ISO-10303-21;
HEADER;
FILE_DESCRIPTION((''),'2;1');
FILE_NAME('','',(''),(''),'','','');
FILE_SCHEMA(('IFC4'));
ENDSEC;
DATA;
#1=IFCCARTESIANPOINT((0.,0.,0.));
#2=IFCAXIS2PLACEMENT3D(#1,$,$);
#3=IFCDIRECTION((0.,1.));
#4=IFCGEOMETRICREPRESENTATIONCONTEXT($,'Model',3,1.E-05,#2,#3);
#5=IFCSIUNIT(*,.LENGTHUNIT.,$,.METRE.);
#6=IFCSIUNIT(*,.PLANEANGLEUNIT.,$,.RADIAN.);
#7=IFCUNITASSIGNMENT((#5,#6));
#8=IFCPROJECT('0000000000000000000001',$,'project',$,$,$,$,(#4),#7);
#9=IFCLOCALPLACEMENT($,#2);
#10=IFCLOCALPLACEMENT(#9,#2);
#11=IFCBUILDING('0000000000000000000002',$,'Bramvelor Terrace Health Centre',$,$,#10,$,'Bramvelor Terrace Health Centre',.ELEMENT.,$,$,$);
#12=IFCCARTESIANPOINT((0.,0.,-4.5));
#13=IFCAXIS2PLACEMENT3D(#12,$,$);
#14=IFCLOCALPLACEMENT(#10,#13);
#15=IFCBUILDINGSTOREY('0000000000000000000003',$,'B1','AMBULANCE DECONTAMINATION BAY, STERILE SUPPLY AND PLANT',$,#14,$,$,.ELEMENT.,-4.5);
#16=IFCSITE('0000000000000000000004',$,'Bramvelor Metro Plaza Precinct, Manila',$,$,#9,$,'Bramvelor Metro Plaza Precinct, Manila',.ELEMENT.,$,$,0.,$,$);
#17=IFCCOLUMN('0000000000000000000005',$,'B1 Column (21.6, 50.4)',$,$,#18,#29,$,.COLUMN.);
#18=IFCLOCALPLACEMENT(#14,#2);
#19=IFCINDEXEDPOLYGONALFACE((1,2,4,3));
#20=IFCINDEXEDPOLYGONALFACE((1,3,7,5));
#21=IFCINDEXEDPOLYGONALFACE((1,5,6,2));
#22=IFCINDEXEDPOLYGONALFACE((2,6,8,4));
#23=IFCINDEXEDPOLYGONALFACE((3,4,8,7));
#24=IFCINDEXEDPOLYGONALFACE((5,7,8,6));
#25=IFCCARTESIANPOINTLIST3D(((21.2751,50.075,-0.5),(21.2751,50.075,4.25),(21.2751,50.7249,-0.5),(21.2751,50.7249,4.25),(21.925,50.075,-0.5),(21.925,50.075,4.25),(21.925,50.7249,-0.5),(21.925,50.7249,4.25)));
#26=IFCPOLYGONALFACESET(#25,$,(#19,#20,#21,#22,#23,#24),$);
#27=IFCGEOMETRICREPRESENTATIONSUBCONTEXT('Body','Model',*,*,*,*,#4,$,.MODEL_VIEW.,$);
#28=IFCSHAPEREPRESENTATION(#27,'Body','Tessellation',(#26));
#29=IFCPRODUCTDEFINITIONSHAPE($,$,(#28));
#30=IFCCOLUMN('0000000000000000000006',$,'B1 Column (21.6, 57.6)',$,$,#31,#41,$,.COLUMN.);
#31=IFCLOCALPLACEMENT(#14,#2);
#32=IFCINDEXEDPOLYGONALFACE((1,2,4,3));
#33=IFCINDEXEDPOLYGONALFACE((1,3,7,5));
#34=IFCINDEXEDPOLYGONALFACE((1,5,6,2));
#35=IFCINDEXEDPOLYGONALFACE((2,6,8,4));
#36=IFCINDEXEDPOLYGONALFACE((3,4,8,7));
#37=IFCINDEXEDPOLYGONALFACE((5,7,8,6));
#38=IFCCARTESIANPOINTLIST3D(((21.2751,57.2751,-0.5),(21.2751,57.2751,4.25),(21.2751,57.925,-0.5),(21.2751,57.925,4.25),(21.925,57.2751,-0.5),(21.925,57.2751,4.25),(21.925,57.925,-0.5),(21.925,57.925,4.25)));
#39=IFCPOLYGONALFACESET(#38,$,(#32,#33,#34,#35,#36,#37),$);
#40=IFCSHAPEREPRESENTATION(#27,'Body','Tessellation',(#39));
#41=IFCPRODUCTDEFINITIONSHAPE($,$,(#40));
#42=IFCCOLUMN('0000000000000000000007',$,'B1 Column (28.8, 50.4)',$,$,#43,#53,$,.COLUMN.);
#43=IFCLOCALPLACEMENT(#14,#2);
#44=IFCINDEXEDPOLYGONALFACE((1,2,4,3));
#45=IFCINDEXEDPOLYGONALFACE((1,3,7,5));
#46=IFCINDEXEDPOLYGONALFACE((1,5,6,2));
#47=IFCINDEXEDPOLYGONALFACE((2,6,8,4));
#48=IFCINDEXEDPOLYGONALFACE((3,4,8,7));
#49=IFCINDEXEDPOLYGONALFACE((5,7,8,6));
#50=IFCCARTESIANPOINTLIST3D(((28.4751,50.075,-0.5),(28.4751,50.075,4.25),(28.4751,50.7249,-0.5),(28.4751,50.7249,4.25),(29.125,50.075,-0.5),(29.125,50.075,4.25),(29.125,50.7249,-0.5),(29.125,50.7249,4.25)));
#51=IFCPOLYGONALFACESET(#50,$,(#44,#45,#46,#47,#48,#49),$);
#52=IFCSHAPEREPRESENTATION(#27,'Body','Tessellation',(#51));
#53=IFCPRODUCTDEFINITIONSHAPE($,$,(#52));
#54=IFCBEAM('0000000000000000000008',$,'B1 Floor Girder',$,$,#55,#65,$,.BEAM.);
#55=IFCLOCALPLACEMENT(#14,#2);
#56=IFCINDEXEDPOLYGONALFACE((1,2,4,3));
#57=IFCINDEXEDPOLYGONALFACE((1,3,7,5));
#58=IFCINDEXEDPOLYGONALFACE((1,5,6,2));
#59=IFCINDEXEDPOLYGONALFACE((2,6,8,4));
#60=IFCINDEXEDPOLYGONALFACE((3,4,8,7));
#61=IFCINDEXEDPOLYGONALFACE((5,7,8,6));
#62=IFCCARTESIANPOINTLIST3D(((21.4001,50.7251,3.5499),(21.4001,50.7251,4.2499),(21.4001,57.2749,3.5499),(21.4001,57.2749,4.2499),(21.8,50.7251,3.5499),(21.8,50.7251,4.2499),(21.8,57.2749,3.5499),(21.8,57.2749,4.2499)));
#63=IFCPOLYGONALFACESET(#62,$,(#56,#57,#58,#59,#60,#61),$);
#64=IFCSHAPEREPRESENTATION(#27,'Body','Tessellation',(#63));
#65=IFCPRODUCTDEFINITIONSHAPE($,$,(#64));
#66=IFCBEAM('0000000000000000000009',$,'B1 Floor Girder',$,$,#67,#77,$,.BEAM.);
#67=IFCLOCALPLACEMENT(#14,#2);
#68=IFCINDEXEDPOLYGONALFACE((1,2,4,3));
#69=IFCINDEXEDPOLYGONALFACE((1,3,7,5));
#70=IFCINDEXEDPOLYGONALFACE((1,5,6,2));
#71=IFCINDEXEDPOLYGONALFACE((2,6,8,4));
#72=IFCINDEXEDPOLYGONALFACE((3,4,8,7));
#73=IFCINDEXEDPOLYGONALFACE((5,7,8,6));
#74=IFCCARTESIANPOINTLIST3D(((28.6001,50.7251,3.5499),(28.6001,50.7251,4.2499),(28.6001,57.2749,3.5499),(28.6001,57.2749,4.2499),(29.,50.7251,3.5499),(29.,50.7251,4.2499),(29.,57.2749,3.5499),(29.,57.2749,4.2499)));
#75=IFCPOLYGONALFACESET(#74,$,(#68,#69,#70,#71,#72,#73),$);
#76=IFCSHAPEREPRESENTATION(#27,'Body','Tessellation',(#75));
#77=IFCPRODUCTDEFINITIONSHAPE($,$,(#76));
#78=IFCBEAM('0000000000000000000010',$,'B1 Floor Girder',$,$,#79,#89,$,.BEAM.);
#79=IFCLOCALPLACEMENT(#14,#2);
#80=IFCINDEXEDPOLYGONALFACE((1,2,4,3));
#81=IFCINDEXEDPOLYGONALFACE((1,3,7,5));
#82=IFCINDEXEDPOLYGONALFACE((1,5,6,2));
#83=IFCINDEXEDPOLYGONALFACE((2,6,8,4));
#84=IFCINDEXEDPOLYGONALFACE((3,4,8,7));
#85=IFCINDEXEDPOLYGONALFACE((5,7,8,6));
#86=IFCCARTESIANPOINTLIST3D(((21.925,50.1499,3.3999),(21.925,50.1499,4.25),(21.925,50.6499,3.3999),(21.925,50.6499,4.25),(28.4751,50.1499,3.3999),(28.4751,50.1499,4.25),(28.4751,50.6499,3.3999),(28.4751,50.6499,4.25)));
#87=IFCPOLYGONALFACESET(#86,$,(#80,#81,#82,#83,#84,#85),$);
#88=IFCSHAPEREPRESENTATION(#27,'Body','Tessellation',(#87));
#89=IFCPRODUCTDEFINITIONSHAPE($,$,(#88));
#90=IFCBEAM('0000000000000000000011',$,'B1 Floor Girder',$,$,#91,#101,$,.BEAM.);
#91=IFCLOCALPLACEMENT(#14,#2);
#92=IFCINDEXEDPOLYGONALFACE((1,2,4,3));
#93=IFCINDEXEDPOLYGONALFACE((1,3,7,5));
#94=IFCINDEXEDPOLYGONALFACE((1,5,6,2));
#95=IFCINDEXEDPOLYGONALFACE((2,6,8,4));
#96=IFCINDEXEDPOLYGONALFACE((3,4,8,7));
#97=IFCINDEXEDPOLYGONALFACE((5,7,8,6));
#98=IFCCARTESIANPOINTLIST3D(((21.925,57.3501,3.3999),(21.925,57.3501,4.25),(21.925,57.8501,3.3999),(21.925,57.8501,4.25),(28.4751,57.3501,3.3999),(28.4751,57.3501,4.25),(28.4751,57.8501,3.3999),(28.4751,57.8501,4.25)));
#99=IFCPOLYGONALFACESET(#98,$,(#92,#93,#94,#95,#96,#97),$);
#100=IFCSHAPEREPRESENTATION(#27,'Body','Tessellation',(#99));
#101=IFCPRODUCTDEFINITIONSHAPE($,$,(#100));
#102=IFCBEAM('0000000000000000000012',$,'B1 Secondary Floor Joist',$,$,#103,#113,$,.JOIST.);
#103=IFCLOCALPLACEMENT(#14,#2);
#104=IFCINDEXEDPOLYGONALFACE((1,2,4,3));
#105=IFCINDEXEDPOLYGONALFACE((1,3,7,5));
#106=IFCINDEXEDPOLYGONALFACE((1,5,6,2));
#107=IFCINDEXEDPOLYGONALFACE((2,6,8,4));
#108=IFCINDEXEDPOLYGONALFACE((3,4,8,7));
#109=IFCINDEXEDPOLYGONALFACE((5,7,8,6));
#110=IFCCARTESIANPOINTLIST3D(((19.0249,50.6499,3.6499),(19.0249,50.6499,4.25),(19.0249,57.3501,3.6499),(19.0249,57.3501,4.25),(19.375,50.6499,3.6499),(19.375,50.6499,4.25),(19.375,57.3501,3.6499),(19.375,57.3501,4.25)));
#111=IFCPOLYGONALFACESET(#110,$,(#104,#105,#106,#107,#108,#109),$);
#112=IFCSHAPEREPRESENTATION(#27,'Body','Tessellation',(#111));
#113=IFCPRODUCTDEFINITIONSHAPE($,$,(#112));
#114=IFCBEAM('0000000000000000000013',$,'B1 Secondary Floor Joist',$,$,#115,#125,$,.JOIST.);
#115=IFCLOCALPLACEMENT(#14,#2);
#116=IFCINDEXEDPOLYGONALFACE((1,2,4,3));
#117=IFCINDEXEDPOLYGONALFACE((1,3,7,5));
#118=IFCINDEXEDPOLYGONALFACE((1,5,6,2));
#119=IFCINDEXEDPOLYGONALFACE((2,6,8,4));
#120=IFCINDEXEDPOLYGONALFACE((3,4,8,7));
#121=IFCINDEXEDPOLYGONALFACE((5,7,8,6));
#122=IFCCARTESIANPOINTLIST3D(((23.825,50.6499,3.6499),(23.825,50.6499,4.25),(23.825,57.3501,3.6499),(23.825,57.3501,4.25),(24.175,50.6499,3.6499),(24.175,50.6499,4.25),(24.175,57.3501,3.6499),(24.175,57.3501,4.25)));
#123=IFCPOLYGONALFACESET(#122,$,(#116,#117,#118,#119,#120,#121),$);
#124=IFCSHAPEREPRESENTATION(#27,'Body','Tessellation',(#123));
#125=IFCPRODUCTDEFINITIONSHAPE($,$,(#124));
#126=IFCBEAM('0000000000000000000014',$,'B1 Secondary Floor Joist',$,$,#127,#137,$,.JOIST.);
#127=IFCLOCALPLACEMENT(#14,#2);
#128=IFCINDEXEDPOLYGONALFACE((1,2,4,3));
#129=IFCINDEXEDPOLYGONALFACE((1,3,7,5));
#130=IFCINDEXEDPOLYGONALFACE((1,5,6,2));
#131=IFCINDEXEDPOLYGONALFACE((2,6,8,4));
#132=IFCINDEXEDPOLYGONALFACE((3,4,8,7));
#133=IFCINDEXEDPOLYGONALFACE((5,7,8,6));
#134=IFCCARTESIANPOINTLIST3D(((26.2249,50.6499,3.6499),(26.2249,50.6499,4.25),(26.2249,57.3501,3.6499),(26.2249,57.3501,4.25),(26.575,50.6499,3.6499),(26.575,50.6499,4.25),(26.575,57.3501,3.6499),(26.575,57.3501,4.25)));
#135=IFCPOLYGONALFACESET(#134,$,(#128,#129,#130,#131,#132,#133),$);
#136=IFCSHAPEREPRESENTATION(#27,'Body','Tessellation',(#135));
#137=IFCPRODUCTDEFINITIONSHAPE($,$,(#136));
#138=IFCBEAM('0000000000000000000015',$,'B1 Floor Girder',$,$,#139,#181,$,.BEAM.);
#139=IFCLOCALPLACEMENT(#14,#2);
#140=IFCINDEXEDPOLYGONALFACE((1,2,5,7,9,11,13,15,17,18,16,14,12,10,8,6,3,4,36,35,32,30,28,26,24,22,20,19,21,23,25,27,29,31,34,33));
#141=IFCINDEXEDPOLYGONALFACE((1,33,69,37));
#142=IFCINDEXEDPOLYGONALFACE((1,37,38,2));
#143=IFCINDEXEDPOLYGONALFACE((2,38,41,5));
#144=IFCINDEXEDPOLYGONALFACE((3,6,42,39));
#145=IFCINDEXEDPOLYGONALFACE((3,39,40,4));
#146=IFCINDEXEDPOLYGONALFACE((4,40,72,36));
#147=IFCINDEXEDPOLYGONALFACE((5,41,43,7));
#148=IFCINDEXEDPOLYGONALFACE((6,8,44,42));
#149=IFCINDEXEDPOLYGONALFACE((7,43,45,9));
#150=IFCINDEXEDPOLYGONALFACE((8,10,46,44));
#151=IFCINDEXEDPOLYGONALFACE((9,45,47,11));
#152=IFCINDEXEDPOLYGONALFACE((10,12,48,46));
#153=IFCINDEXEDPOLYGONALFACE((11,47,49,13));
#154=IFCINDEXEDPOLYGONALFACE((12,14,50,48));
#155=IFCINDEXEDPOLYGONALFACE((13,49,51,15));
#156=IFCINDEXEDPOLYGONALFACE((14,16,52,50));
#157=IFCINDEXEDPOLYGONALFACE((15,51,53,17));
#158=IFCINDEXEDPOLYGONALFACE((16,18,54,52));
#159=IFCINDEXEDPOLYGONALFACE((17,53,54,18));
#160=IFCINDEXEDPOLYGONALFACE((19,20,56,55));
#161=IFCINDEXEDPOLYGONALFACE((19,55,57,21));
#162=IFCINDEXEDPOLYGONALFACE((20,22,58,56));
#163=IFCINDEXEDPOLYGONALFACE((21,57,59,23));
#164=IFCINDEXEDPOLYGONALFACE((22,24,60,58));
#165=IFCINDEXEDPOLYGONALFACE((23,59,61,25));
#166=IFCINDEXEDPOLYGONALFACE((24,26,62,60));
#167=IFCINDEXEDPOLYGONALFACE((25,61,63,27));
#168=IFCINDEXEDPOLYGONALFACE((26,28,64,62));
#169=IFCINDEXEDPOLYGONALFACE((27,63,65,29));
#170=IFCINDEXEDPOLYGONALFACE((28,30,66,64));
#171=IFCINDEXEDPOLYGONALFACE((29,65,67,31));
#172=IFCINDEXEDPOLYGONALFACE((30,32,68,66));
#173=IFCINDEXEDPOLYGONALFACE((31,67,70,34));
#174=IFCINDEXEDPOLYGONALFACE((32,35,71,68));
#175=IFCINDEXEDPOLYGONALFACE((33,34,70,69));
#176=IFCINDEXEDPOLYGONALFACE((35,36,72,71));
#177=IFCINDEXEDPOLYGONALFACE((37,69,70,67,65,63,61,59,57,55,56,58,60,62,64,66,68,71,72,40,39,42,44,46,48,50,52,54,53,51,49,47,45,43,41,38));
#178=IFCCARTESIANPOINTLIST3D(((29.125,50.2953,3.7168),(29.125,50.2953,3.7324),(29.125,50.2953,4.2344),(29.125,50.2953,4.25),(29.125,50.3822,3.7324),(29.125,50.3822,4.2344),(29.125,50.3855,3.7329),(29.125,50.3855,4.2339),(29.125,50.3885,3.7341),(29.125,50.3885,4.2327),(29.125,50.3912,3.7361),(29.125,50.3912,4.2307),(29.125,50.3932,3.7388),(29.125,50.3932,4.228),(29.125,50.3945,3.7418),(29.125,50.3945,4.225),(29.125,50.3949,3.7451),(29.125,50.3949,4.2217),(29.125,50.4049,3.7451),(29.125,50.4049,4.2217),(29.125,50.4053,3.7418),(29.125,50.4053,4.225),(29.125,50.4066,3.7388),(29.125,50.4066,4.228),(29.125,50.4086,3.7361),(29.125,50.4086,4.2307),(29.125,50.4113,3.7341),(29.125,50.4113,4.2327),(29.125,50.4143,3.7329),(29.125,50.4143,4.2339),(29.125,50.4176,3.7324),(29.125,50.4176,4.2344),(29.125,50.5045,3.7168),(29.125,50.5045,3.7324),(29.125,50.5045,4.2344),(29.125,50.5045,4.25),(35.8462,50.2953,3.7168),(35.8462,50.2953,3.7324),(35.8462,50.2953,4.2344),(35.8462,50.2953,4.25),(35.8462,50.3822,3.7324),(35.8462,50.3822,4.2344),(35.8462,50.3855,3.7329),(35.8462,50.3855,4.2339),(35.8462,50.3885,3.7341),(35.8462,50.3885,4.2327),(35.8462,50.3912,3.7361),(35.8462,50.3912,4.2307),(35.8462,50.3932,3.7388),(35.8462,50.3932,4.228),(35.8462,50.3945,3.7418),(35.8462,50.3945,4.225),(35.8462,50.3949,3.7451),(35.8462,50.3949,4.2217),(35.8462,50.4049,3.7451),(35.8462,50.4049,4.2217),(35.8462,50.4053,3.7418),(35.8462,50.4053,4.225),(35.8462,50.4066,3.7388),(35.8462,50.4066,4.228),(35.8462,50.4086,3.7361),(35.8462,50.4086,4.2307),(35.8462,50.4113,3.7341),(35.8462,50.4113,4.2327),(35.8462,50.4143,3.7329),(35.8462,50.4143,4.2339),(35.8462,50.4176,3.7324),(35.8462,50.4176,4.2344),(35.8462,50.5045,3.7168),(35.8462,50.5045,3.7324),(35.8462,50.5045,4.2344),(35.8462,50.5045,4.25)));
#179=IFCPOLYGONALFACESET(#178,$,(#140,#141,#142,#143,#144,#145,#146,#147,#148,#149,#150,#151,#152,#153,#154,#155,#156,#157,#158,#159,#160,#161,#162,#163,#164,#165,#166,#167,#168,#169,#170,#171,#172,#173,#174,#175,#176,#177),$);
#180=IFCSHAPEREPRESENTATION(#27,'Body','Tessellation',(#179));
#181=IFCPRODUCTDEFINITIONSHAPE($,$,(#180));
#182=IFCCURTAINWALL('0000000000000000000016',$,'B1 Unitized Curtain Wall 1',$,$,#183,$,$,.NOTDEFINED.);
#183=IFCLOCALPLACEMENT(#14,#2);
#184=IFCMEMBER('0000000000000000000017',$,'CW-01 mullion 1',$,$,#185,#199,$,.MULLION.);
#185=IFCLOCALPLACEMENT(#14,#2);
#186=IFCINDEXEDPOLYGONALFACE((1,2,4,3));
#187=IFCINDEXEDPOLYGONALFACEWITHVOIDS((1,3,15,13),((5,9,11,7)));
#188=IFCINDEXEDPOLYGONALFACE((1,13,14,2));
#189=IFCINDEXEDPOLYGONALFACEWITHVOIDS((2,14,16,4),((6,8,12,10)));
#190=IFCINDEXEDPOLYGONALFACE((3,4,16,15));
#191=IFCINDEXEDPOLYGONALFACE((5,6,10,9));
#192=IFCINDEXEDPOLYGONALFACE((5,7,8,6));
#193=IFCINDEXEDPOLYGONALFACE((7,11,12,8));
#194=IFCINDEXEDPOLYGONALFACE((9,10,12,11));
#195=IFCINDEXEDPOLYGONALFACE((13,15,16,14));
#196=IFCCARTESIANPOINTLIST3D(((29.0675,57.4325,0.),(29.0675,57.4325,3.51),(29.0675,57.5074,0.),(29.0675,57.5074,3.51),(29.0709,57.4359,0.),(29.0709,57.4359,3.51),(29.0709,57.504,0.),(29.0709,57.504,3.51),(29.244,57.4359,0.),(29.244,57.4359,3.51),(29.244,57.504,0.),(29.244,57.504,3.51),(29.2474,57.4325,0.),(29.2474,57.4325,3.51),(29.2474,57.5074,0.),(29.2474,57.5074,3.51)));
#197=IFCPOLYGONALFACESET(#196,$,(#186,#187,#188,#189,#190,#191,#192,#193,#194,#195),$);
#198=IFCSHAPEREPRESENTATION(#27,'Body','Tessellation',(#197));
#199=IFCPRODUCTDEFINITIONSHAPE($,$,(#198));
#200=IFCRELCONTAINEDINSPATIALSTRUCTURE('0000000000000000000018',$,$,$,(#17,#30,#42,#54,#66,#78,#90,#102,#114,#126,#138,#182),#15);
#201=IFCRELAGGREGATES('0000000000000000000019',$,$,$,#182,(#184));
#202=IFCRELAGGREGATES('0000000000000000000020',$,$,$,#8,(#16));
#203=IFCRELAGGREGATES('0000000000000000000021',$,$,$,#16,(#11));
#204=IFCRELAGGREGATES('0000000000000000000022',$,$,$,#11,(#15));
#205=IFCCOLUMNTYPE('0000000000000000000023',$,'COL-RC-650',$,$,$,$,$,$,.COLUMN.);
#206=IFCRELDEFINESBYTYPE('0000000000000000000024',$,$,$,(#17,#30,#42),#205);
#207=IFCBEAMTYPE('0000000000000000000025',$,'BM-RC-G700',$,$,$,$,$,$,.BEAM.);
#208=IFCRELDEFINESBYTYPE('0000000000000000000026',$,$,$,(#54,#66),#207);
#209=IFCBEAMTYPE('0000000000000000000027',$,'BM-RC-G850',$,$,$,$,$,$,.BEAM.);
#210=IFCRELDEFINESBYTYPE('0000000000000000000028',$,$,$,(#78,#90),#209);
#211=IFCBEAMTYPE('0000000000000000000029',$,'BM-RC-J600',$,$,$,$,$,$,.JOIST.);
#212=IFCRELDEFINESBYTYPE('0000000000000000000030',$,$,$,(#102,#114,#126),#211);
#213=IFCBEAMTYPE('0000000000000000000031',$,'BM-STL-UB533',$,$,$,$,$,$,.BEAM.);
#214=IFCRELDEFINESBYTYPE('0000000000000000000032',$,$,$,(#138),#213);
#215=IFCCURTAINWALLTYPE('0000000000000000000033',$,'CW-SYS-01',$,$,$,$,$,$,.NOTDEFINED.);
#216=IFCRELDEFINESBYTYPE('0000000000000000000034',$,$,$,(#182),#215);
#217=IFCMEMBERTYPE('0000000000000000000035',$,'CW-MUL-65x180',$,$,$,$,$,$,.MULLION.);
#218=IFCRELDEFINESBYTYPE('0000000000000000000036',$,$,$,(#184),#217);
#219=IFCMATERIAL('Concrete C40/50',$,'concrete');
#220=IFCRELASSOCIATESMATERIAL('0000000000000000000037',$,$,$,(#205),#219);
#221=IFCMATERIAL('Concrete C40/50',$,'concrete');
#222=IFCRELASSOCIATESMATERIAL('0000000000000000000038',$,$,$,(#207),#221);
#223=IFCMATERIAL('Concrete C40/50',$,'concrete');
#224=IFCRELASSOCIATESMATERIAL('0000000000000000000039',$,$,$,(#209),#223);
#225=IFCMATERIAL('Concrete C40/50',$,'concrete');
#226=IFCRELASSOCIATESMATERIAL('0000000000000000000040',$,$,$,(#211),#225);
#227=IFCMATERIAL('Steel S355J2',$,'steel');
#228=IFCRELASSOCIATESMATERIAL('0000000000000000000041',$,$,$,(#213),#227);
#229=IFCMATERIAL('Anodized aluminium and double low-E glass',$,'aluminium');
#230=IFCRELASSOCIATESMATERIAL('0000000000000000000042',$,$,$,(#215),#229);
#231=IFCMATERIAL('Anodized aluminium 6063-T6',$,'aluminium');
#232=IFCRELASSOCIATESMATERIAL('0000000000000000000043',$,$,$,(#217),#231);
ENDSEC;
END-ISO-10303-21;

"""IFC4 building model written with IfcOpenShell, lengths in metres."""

from ifc_helpers import new_model, si_unit, direction, frame, origin, origin_2d, place, context, subcontext, project, spatial, rectangle, hollow_rectangle, i_section, extrude, material, material_profile, profile_set, type_object, element, aggregate, save


model = new_model("IFC4")

# Units and contexts
model_context = context("Model", 3, precision=1e-05, world=origin(), true_north=direction((0.0, 1.0)))
body_context = subcontext(model_context, "Body", "Model", "MODEL_VIEW")
ifc_project = project(units=[si_unit("LENGTHUNIT", "METRE"), si_unit("PLANEANGLEUNIT", "RADIAN")], contexts=[model_context])

# Site, building, storey
site_placement = place(None, origin())
site = spatial("IfcSite", under=ifc_project, at=site_placement, Name="Bramvelor Metro Plaza Precinct, Manila", LongName="Bramvelor Metro Plaza Precinct, Manila", CompositionType="ELEMENT", RefElevation=0.0)
building_placement = place(site_placement, origin())
building = spatial("IfcBuilding", under=site, at=building_placement, Name="Bramvelor Terrace Health Centre", LongName="Bramvelor Terrace Health Centre", CompositionType="ELEMENT")
storey_placement = place(building_placement, frame((0.0, 0.0, -4.5)))
storey = spatial("IfcBuildingStorey", under=building, at=storey_placement, Name="B1", Description="AMBULANCE DECONTAMINATION BAY, STERILE SUPPLY AND PLANT", CompositionType="ELEMENT", Elevation=-4.5)

# Columns
ifc_material_1 = material(Name="Concrete C40/50", Category="concrete")
ifc_material_profile_1 = material_profile(ifc_material_1, rectangle(XDim=0.6499, YDim=0.6499, at=origin_2d()), Name="RC 650x650")
ifc_profile_set_1 = profile_set([ifc_material_profile_1], Name="Concrete C40/50")
column_type = type_object("IfcColumnType", Name="COL-RC-650", PredefinedType="COLUMN", material=ifc_profile_set_1)
for number, where, z_axis, x_axis, name in (
    (1, (21.6001, 50.3999, -0.5), (0.0, 0.0, 1.0), (1.0, 0.0, 0.0), "B1 Column (21.6, 50.4)"),
    (2, (21.6001, 57.6001, -0.5), (0.0, 0.0, 1.0), (1.0, 0.0, 0.0), "B1 Column (21.6, 57.6)"),
    (3, (28.8, 50.3999, -0.5), (0.0, 0.0, 1.0), (1.0, 0.0, 0.0), "B1 Column (28.8, 50.4)"),
):
    element("IfcColumn", number, at=place(storey_placement, frame(where, z_axis=z_axis, x_axis=x_axis)), inside=storey, type_object=column_type, Name=name, PredefinedType="COLUMN", context=body_context, shape_type="SweptSolid", body=[
        extrude(rectangle(XDim=0.6499, YDim=0.6499, at=origin_2d()), origin(), (0.0, 0.0, 1.0), 4.75),
    ])

# Beams
ifc_material_2 = material(Name="Concrete C40/50", Category="concrete")
ifc_material_profile_2 = material_profile(ifc_material_2, rectangle(XDim=0.3999, YDim=0.7, at=origin_2d()), Name="RC 400x700")
ifc_profile_set_2 = profile_set([ifc_material_profile_2], Name="Concrete C40/50")
beam_type_1 = type_object("IfcBeamType", Name="BM-RC-G700", PredefinedType="BEAM", material=ifc_profile_set_2)
for number, where, z_axis, x_axis, name in (
    (4, (21.6001, 50.7251, 3.8999), (0.0, 1.0, 0.0), (-1.0, 0.0, 0.0), "B1 Floor Girder"),
    (5, (28.8, 50.7251, 3.8999), (0.0, 1.0, 0.0), (-1.0, 0.0, 0.0), "B1 Floor Girder"),
):
    element("IfcBeam", number, at=place(storey_placement, frame(where, z_axis=z_axis, x_axis=x_axis)), inside=storey, type_object=beam_type_1, Name=name, PredefinedType="BEAM", context=body_context, shape_type="SweptSolid", body=[
        extrude(rectangle(XDim=0.3999, YDim=0.7, at=origin_2d()), origin(), (0.0, 0.0, 1.0), 6.5498),
    ])
ifc_material_3 = material(Name="Concrete C40/50", Category="concrete")
ifc_material_profile_3 = material_profile(ifc_material_3, rectangle(XDim=0.5, YDim=0.8501, at=origin_2d()), Name="RC 500x850")
ifc_profile_set_3 = profile_set([ifc_material_profile_3], Name="Concrete C40/50")
beam_type_2 = type_object("IfcBeamType", Name="BM-RC-G850", PredefinedType="BEAM", material=ifc_profile_set_3)
for number, where, z_axis, x_axis, name in (
    (6, (21.925, 50.3999, 3.825), (1.0, 0.0, 0.0), (0.0, 1.0, 0.0), "B1 Floor Girder"),
    (7, (21.925, 57.6001, 3.825), (1.0, 0.0, 0.0), (0.0, 1.0, 0.0), "B1 Floor Girder"),
):
    element("IfcBeam", number, at=place(storey_placement, frame(where, z_axis=z_axis, x_axis=x_axis)), inside=storey, type_object=beam_type_2, Name=name, PredefinedType="BEAM", context=body_context, shape_type="SweptSolid", body=[
        extrude(rectangle(XDim=0.5, YDim=0.8501, at=origin_2d()), origin(), (0.0, 0.0, 1.0), 6.55),
    ])
ifc_material_4 = material(Name="Concrete C40/50", Category="concrete")
ifc_material_profile_4 = material_profile(ifc_material_4, rectangle(XDim=0.3501, YDim=0.6001, at=origin_2d()), Name="RC 350x600")
ifc_profile_set_4 = profile_set([ifc_material_profile_4], Name="Concrete C40/50")
beam_type_3 = type_object("IfcBeamType", Name="BM-RC-J600", PredefinedType="JOIST", material=ifc_profile_set_4)
for number, where, z_axis, x_axis, name in (
    (8, (19.2, 50.6499, 3.95), (0.0, 1.0, 0.0), (-1.0, 0.0, 0.0), "B1 Secondary Floor Joist"),
    (9, (24.0, 50.6499, 3.95), (0.0, 1.0, 0.0), (-1.0, 0.0, 0.0), "B1 Secondary Floor Joist"),
    (10, (26.3999, 50.6499, 3.95), (0.0, 1.0, 0.0), (-1.0, 0.0, 0.0), "B1 Secondary Floor Joist"),
):
    element("IfcBeam", number, at=place(storey_placement, frame(where, z_axis=z_axis, x_axis=x_axis)), inside=storey, type_object=beam_type_3, Name=name, PredefinedType="JOIST", context=body_context, shape_type="SweptSolid", body=[
        extrude(rectangle(XDim=0.3501, YDim=0.6001, at=origin_2d()), origin(), (0.0, 0.0, 1.0), 6.7002),
    ])
ifc_material_5 = material(Name="Steel S355J2", Category="steel")
ifc_material_profile_5 = material_profile(ifc_material_5, i_section(OverallWidth=0.2092, OverallDepth=0.5332, WebThickness=0.01, FlangeThickness=0.0156, FilletRadius=0.0127, at=origin_2d()), Name="UB 533x210x92")
ifc_profile_set_5 = profile_set([ifc_material_profile_5], Name="Steel S355J2")
beam_type_4 = type_object("IfcBeamType", Name="BM-STL-UB533", PredefinedType="BEAM", material=ifc_profile_set_5)
beam_placement = place(storey_placement, frame((29.125, 50.3999, 3.9834), z_axis=(1.0, 0.0, 0.0), x_axis=(0.0, 1.0, 0.0)))
element("IfcBeam", 11, at=beam_placement, inside=storey, type_object=beam_type_4, Name="B1 Floor Girder", PredefinedType="BEAM", context=body_context, shape_type="SweptSolid", body=[
    extrude(i_section(OverallWidth=0.2092, OverallDepth=0.5332, WebThickness=0.01, FlangeThickness=0.0156, FilletRadius=0.0127, at=origin_2d()), origin(), (0.0, 0.0, 1.0), 6.7212),
])

# Curtain wall, member
ifc_material_6 = material(Name="Anodized aluminium and double low-E glass", Category="aluminium")
curtain_wall_type = type_object("IfcCurtainWallType", Name="CW-SYS-01", PredefinedType="NOTDEFINED", material=ifc_material_6)
curtain_wall_1_placement = place(storey_placement, origin())
curtain_wall_1 = element("IfcCurtainWall", 12, at=curtain_wall_1_placement, inside=storey, type_object=curtain_wall_type, Name="B1 Unitized Curtain Wall 1", PredefinedType="NOTDEFINED")
ifc_material_7 = material(Name="Anodized aluminium 6063-T6", Category="aluminium")
ifc_material_profile_6 = material_profile(ifc_material_7, hollow_rectangle(XDim=0.075, YDim=0.1799, WallThickness=0.0034, at=origin_2d()), Name="ALU-MUL 75x180x3.5")
ifc_profile_set_6 = profile_set([ifc_material_profile_6], Name="Anodized aluminium 6063-T6")
member_type_1 = type_object("IfcMemberType", Name="CW-MUL-65x180", PredefinedType="MULLION", material=ifc_profile_set_6)
member_1_placement = place(storey_placement, frame((29.1575, 57.47, 0.0), z_axis=(0.0, 0.0, 1.0), x_axis=(0.0, 1.0, 0.0)))
member_1 = element("IfcMember", 13, at=member_1_placement, type_object=member_type_1, Name="CW-01 mullion 1", PredefinedType="MULLION", context=body_context, shape_type="SweptSolid", body=[
    extrude(hollow_rectangle(XDim=0.075, YDim=0.1799, WallThickness=0.0034, at=origin_2d()), origin(), (0.0, 0.0, 1.0), 3.51),
])

aggregate(curtain_wall_1, [member_1])

save(model, "model.ifc")
